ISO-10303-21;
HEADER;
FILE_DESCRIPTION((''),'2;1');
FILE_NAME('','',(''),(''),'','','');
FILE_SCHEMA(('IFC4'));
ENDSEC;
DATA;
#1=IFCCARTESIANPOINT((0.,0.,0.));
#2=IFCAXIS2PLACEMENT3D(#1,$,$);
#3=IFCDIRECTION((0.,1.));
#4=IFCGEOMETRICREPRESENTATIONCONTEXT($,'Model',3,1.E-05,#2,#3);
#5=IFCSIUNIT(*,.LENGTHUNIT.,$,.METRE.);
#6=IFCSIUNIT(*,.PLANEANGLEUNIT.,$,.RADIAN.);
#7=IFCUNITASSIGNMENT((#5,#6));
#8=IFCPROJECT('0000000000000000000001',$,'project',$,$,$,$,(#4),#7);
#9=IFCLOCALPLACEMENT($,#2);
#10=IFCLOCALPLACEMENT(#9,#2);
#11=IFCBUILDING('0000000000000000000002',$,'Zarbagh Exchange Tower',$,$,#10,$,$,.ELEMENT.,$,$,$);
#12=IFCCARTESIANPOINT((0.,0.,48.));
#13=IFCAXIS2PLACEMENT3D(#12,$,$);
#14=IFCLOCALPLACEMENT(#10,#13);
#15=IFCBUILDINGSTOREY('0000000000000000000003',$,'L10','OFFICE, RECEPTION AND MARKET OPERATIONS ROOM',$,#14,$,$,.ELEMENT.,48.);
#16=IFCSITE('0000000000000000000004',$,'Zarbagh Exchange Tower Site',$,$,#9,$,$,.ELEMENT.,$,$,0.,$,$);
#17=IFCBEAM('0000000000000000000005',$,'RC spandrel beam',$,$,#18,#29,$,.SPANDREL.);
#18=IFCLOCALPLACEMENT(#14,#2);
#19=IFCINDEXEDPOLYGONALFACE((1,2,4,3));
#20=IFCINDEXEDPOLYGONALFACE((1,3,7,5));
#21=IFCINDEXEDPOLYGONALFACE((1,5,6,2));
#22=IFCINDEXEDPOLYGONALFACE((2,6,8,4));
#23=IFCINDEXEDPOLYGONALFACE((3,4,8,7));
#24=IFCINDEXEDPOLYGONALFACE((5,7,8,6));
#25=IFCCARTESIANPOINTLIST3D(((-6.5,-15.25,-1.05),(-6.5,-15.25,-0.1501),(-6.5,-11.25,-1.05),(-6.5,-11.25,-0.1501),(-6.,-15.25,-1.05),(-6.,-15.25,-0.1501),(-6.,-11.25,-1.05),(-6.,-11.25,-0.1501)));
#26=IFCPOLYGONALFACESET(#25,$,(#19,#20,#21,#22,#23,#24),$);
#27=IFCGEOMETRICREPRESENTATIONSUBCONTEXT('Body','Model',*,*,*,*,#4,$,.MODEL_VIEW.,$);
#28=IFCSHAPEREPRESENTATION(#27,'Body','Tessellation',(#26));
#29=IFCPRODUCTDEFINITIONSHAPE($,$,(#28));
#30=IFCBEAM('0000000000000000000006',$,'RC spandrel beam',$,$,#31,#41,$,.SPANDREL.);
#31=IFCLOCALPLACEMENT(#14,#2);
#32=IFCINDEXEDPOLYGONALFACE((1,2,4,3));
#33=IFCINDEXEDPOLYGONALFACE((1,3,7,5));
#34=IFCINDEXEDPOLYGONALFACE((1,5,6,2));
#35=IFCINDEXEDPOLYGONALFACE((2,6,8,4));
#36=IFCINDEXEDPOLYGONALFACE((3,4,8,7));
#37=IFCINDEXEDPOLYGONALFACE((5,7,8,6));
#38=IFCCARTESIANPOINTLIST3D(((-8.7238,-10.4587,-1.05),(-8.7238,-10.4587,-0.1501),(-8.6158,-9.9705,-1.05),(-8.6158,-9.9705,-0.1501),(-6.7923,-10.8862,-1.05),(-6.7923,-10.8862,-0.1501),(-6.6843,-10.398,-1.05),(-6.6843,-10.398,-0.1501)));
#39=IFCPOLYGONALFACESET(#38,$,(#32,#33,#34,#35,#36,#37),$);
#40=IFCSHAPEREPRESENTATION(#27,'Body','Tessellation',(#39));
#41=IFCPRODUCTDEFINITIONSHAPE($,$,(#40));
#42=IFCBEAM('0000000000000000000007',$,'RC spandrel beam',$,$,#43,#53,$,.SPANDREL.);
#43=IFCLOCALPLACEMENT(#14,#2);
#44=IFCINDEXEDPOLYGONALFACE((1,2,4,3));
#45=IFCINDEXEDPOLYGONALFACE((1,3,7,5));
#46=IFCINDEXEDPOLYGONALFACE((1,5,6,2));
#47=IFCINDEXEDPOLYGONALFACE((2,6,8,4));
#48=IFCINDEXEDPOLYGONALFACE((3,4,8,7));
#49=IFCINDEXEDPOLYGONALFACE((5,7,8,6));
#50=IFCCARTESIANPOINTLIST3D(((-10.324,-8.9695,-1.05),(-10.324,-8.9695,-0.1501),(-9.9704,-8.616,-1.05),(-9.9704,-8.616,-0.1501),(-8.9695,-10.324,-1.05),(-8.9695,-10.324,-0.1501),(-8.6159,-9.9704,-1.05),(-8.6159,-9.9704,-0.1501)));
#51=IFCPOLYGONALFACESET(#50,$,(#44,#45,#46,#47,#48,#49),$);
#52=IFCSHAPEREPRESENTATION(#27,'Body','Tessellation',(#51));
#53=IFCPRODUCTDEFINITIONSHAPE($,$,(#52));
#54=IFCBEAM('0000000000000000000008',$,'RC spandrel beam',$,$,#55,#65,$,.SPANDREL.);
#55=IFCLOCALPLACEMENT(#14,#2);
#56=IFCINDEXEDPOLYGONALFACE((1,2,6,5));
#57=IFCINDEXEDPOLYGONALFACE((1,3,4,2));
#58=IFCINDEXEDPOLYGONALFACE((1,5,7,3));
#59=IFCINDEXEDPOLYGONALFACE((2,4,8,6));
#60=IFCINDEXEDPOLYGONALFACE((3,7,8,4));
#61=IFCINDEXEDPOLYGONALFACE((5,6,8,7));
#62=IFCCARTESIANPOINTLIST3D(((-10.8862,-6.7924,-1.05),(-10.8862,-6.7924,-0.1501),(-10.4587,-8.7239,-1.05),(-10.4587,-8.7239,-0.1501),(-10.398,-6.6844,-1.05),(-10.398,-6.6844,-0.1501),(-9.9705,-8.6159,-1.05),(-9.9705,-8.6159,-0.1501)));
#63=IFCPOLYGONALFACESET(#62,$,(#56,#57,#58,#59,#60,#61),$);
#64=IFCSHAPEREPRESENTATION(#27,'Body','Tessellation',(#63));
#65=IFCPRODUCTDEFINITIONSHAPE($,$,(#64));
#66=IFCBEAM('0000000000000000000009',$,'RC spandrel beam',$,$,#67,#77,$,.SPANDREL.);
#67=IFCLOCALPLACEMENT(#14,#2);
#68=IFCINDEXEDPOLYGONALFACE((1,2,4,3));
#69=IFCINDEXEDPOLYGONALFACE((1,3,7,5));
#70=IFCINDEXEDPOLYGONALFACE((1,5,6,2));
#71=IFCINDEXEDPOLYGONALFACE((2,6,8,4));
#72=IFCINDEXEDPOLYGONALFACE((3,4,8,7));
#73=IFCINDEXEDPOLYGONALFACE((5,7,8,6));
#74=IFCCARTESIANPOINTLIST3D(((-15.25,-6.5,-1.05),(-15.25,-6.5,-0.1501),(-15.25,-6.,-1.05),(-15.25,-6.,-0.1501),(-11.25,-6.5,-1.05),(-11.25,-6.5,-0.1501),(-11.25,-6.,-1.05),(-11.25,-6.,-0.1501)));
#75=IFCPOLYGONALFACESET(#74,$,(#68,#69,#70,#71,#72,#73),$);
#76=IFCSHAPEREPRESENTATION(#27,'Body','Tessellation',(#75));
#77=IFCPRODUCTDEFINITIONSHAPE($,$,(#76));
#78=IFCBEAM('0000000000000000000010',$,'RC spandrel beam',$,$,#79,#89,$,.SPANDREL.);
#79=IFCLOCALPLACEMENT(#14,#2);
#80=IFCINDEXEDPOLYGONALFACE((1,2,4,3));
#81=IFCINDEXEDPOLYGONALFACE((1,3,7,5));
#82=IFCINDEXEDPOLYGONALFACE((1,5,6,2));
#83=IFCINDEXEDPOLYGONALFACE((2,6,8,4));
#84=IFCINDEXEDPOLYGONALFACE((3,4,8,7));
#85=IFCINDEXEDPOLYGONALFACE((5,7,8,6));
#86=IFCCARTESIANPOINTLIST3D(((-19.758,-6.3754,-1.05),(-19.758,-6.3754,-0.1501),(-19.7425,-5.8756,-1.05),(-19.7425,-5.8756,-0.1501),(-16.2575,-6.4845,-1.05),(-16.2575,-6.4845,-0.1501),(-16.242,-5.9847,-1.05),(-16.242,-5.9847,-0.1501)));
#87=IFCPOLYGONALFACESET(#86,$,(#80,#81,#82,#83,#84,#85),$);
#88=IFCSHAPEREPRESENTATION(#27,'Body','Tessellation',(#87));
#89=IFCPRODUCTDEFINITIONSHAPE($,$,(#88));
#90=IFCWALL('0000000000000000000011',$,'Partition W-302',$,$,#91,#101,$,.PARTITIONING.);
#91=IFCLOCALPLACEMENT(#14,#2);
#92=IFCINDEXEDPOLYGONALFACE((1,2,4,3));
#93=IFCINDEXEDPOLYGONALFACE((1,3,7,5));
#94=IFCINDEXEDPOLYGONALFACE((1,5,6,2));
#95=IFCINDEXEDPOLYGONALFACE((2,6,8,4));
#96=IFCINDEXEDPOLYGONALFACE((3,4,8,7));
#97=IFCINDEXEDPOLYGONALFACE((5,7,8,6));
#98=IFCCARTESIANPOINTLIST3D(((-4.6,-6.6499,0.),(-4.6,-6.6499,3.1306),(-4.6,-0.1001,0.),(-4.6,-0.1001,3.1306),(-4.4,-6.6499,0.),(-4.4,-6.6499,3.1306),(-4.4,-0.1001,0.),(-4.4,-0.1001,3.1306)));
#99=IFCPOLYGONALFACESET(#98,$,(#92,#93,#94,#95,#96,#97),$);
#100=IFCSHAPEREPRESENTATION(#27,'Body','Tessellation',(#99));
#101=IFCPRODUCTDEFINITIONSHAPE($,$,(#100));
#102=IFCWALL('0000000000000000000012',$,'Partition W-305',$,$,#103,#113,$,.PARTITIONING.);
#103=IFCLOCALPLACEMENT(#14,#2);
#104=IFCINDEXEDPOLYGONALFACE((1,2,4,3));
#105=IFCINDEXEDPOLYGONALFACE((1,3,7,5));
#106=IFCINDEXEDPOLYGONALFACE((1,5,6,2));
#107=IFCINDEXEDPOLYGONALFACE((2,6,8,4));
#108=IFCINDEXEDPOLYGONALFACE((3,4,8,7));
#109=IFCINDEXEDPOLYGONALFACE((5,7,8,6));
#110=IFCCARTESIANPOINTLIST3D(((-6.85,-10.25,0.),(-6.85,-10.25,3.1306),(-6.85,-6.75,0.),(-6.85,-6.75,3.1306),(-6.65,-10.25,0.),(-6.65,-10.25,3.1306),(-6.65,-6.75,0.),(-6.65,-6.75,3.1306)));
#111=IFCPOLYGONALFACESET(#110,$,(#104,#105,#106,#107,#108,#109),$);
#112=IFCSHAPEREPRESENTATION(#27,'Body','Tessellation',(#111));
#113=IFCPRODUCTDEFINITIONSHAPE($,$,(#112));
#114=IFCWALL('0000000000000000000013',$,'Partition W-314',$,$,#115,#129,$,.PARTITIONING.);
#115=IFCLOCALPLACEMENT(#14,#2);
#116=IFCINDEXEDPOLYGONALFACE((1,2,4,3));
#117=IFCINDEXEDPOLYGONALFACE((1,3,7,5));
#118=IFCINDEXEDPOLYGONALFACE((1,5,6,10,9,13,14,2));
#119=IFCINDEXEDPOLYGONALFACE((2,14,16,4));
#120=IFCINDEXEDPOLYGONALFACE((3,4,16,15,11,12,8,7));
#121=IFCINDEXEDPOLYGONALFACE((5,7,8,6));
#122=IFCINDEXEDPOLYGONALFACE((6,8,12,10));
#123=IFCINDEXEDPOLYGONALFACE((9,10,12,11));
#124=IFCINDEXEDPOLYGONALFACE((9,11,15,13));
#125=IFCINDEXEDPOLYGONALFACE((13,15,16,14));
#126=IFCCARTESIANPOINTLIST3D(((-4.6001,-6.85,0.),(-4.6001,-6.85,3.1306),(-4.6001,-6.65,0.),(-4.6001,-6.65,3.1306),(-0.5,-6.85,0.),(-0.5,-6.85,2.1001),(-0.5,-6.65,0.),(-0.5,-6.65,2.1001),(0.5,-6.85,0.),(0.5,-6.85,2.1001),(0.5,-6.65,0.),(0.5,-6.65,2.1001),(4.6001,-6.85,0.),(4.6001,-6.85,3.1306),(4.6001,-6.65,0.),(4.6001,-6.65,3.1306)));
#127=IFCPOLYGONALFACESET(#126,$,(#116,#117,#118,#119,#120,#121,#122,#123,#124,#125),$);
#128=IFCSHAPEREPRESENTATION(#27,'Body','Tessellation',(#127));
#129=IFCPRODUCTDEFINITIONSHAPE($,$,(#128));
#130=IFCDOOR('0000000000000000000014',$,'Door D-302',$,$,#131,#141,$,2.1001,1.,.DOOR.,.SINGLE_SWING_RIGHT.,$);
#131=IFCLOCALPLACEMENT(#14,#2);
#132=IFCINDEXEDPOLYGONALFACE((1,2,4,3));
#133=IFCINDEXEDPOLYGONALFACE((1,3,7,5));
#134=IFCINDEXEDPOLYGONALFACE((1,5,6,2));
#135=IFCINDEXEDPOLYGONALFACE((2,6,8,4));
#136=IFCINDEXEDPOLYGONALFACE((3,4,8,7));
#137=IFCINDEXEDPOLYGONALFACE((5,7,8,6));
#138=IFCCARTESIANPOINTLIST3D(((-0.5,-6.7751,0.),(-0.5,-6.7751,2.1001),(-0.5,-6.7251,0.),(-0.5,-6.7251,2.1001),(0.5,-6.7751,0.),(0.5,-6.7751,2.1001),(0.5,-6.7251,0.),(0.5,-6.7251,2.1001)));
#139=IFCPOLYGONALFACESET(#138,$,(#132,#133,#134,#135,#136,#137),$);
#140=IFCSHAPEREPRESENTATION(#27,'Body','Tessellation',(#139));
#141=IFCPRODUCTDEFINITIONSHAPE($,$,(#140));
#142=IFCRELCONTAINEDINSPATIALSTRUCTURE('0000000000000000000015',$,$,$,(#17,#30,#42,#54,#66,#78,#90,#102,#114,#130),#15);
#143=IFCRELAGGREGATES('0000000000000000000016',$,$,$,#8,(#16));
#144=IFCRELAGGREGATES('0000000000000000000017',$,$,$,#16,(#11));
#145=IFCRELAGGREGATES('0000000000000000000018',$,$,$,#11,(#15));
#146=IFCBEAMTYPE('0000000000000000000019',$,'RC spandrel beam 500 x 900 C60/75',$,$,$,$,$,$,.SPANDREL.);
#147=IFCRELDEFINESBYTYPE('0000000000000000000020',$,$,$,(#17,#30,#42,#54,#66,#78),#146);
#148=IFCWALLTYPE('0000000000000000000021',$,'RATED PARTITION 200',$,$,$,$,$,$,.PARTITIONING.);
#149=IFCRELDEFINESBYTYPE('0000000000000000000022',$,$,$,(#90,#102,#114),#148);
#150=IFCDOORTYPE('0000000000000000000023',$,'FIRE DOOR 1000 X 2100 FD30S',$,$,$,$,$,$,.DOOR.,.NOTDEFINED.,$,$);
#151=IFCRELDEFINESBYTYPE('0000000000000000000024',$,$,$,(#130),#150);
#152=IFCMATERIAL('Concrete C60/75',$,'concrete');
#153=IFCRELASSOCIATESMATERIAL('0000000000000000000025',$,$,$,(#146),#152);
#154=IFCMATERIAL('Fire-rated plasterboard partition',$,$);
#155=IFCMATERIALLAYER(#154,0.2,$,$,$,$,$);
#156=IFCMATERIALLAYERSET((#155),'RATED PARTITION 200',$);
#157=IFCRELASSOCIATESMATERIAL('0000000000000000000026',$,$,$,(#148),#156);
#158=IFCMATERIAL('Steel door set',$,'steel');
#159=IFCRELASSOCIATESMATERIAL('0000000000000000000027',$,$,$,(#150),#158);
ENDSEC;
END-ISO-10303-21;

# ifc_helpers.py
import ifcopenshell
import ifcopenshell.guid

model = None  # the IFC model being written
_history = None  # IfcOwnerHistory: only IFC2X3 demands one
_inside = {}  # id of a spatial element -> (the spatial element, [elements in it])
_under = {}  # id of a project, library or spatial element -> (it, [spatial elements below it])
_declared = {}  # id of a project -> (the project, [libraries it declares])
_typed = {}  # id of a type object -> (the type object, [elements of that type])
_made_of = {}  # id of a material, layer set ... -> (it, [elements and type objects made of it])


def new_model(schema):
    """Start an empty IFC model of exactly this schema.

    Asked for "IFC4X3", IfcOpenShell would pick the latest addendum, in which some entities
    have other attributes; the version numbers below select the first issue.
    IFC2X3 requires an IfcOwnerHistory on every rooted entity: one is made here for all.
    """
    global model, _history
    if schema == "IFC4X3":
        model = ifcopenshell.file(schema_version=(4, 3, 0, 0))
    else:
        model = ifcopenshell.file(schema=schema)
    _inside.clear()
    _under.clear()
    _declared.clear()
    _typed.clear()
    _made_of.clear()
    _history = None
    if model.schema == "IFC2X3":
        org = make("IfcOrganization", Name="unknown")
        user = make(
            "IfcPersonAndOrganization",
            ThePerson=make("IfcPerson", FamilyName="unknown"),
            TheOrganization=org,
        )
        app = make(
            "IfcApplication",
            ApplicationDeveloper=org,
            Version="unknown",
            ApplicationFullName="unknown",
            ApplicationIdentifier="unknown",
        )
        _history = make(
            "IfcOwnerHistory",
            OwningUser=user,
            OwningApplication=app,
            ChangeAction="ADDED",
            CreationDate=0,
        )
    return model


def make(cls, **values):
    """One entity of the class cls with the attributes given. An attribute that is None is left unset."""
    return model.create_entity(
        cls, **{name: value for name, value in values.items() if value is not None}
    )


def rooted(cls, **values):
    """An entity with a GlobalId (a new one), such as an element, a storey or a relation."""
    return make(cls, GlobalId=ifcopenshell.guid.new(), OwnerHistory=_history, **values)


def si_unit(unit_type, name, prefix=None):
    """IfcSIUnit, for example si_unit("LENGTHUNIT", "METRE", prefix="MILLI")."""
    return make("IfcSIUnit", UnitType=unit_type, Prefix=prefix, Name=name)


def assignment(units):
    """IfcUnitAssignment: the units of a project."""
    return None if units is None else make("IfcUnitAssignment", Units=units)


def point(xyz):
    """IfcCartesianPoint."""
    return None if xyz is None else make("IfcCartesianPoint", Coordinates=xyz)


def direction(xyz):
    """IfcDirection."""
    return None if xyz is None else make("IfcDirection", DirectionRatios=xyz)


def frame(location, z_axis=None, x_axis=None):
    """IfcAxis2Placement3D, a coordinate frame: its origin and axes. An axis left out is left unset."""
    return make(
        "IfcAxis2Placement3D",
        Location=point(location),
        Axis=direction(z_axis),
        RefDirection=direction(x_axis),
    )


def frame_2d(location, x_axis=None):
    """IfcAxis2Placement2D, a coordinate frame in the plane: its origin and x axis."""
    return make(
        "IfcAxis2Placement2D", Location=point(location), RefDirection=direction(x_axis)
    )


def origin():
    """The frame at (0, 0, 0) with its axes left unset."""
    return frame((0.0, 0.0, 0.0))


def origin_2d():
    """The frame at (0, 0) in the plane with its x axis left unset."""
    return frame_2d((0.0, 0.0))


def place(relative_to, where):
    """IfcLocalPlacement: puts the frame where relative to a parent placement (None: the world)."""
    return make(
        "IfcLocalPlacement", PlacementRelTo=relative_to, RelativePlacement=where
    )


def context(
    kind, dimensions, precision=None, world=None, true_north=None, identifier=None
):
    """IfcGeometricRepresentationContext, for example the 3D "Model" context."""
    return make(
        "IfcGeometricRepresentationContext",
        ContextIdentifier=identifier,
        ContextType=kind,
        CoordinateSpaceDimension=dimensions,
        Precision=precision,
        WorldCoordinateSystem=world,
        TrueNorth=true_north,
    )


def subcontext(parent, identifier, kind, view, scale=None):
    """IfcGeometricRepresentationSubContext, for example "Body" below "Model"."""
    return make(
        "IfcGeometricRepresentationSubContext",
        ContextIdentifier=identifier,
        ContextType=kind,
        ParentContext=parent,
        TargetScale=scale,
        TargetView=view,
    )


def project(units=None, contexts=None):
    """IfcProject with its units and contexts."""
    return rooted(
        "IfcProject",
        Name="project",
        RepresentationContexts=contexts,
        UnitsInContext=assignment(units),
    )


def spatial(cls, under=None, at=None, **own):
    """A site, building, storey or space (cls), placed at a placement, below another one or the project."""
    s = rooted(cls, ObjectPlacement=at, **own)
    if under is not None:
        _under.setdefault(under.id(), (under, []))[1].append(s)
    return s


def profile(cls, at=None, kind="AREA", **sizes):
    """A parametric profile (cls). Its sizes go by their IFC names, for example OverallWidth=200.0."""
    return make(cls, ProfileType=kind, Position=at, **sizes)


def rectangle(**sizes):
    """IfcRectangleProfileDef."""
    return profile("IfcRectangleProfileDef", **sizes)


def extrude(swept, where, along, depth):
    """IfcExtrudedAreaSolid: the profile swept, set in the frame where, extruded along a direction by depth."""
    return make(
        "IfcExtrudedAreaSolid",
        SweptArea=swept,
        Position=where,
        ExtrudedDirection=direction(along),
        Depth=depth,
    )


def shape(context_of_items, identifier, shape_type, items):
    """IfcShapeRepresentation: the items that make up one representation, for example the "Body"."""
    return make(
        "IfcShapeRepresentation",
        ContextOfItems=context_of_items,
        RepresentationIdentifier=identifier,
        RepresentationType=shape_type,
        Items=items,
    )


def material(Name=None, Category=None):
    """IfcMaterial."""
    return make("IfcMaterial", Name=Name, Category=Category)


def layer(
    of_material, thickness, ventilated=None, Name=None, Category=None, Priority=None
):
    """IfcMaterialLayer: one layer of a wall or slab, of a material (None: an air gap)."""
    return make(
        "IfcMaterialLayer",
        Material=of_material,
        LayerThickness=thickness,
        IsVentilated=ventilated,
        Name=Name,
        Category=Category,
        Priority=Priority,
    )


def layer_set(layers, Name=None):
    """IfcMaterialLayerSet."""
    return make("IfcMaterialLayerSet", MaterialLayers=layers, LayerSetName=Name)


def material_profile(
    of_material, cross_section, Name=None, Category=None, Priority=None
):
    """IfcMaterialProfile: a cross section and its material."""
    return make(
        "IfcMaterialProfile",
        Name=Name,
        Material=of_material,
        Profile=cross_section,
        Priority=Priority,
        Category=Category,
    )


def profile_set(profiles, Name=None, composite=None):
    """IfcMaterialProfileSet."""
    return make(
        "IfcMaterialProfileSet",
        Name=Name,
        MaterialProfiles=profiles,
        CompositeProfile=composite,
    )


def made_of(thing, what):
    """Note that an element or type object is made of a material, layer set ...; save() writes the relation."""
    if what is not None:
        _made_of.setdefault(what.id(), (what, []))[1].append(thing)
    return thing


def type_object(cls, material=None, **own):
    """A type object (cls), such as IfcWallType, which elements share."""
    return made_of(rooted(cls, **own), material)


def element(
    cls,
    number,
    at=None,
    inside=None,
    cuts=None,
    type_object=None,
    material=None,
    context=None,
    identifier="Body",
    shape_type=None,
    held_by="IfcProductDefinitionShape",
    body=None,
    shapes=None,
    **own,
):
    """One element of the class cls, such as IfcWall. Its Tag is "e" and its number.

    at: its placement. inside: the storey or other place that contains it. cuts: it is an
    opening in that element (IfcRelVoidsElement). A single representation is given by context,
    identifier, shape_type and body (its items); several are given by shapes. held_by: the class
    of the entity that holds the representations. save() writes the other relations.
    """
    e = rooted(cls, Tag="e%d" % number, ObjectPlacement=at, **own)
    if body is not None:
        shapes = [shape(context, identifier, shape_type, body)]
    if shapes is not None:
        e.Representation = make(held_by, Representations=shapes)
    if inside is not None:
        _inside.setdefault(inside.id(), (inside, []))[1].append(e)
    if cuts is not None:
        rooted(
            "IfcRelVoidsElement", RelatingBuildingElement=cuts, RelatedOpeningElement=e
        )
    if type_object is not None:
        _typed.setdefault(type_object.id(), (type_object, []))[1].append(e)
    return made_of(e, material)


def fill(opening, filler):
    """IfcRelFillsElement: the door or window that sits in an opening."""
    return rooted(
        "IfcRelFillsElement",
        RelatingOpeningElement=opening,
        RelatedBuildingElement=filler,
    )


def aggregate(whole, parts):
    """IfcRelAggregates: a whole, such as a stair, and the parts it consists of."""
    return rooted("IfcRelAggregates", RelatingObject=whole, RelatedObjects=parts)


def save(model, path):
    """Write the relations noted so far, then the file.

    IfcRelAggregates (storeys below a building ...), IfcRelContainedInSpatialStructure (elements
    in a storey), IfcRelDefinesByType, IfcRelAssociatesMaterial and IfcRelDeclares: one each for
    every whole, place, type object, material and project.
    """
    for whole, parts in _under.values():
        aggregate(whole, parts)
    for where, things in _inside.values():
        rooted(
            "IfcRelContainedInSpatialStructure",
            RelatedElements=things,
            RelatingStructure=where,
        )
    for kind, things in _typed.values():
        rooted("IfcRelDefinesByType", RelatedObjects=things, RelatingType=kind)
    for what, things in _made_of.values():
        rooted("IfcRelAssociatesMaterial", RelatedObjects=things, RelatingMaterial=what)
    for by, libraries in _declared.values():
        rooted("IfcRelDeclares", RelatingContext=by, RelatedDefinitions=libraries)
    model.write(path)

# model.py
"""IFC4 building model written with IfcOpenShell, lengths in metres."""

from ifc_helpers import new_model, si_unit, direction, frame, frame_2d, origin, origin_2d, place, context, subcontext, project, spatial, rectangle, extrude, material, layer, layer_set, material_profile, profile_set, type_object, element, fill, save


model = new_model("IFC4")

# Units and contexts
model_context = context("Model", 3, precision=1e-05, world=origin(), true_north=direction((0.0, 1.0)))
body_context = subcontext(model_context, "Body", "Model", "MODEL_VIEW")
ifc_project = project(units=[si_unit("LENGTHUNIT", "METRE"), si_unit("PLANEANGLEUNIT", "RADIAN")], contexts=[model_context])

# Site, building, storey
site_placement = place(None, origin())
site = spatial("IfcSite", under=ifc_project, at=site_placement, Name="Zarbagh Exchange Tower Site", CompositionType="ELEMENT", RefElevation=0.0)
building_placement = place(site_placement, origin())
building = spatial("IfcBuilding", under=site, at=building_placement, Name="Zarbagh Exchange Tower", CompositionType="ELEMENT")
storey_placement = place(building_placement, frame((0.0, 0.0, 48.0)))
storey = spatial("IfcBuildingStorey", under=building, at=storey_placement, Name="L10", Description="OFFICE, RECEPTION AND MARKET OPERATIONS ROOM", CompositionType="ELEMENT", Elevation=48.0)

# Shared definitions
ifc_material_1 = material(Name="Concrete C60/75", Category="concrete")

# Beams
ifc_material_profile_1 = material_profile(ifc_material_1, rectangle(XDim=0.5, YDim=0.8999, at=origin_2d()), Name="RC spandrel beam 500 x 900 C60/75")
ifc_profile_set_1 = profile_set([ifc_material_profile_1], Name="Concrete C60/75")
beam_type_1 = type_object("IfcBeamType", Name="RC spandrel beam 500 x 900 C60/75", PredefinedType="SPANDREL", material=ifc_profile_set_1)
beam_1_placement = place(storey_placement, frame((-6.25, -15.25, -0.6001), z_axis=(0.0, 1.0, 0.0), x_axis=(-1.0, 0.0, 0.0)))
element("IfcBeam", 1, at=beam_1_placement, inside=storey, type_object=beam_type_1, Name="RC spandrel beam", PredefinedType="SPANDREL", context=body_context, shape_type="SweptSolid", body=[
    extrude(rectangle(XDim=0.5, YDim=0.8999, at=origin_2d()), origin(), (0.0, 0.0, 1.0), 4.0),
])
beam_2_placement = place(storey_placement, frame((-6.7383, -10.6421, -0.6001), z_axis=(-0.976375, 0.216081, 0.0), x_axis=(-0.216081, -0.976375, 0.0)))
element("IfcBeam", 2, at=beam_2_placement, inside=storey, type_object=beam_type_1, Name="RC spandrel beam", PredefinedType="SPANDREL", context=body_context, shape_type="SweptSolid", body=[
    extrude(rectangle(XDim=0.5, YDim=0.8999, at=origin_2d()), origin(), (0.0, 0.0, 1.0), 1.9783),
])
beam_3_placement = place(storey_placement, frame((-8.7927, -10.1472, -0.6001), z_axis=(-0.707107, 0.707107, 0.0), x_axis=(-0.707107, -0.707107, 0.0)))
element("IfcBeam", 3, at=beam_3_placement, inside=storey, type_object=beam_type_1, Name="RC spandrel beam", PredefinedType="SPANDREL", context=body_context, shape_type="SweptSolid", body=[
    extrude(rectangle(XDim=0.5, YDim=0.8999, at=origin_2d()), origin(), (0.0, 0.0, 1.0), 1.9155),
])
beam_4_placement = place(storey_placement, frame((-10.2146, -8.6699, -0.6001), z_axis=(-0.216081, 0.976375, 0.0), x_axis=(-0.976375, -0.216081, 0.0)))
element("IfcBeam", 4, at=beam_4_placement, inside=storey, type_object=beam_type_1, Name="RC spandrel beam", PredefinedType="SPANDREL", context=body_context, shape_type="SweptSolid", body=[
    extrude(rectangle(XDim=0.5, YDim=0.8999, at=origin_2d()), origin(), (0.0, 0.0, 1.0), 1.9783),
])
beam_5_placement = place(storey_placement, frame((-11.25, -6.25, -0.6001), z_axis=(-1.0, 0.0, 0.0), x_axis=(0.0, -1.0, 0.0)))
element("IfcBeam", 5, at=beam_5_placement, inside=storey, type_object=beam_type_1, Name="RC spandrel beam", PredefinedType="SPANDREL", context=body_context, shape_type="SweptSolid", body=[
    extrude(rectangle(XDim=0.5, YDim=0.8999, at=origin_2d()), origin(), (0.0, 0.0, 1.0), 4.0),
])
beam_6_placement = place(storey_placement, frame((-16.2498, -6.2346, -0.6001), z_axis=(-0.999514, 0.031161, 0.0), x_axis=(-0.031161, -0.999514, 0.0)))
element("IfcBeam", 6, at=beam_6_placement, inside=storey, type_object=beam_type_1, Name="RC spandrel beam", PredefinedType="SPANDREL", context=body_context, shape_type="SweptSolid", body=[
    extrude(rectangle(XDim=0.5, YDim=0.8999, at=origin_2d()), origin(), (0.0, 0.0, 1.0), 3.5022),
])

# Walls
ifc_material_2 = material(Name="Fire-rated plasterboard partition")
ifc_layer = layer(ifc_material_2, 0.2)
ifc_layer_set = layer_set([ifc_layer], Name="RATED PARTITION 200")
wall_type = type_object("IfcWallType", Name="RATED PARTITION 200", PredefinedType="PARTITIONING", material=ifc_layer_set)
wall_1_placement = place(storey_placement, frame((-4.5, -6.6499, 0.0), z_axis=(0.0, 0.0, 1.0), x_axis=(0.0, 1.0, 0.0)))
element("IfcWall", 7, at=wall_1_placement, inside=storey, type_object=wall_type, Name="Partition W-302", PredefinedType="PARTITIONING", context=body_context, shape_type="SweptSolid", body=[
    extrude(rectangle(XDim=6.5498, YDim=0.2, at=frame_2d((3.2749, 0.0))), origin(), (0.0, 0.0, 1.0), 3.1306),
])
wall_2_placement = place(storey_placement, frame((-6.75, -10.25, 0.0), z_axis=(0.0, 0.0, 1.0), x_axis=(0.0, 1.0, 0.0)))
element("IfcWall", 8, at=wall_2_placement, inside=storey, type_object=wall_type, Name="Partition W-305", PredefinedType="PARTITIONING", context=body_context, shape_type="SweptSolid", body=[
    extrude(rectangle(XDim=3.5, YDim=0.2, at=frame_2d((1.75, 0.0))), origin(), (0.0, 0.0, 1.0), 3.1306),
])

# Wall, opening, door
wall_3_placement = place(storey_placement, frame((-4.6001, -6.75, 0.0), z_axis=(0.0, 0.0, 1.0), x_axis=(1.0, 0.0, 0.0)))
wall_3 = element("IfcWall", 9, at=wall_3_placement, inside=storey, type_object=wall_type, Name="Partition W-314", PredefinedType="PARTITIONING", context=body_context, shape_type="SweptSolid", body=[
    extrude(rectangle(XDim=9.2002, YDim=0.2, at=frame_2d((4.6001, 0.0))), origin(), (0.0, 0.0, 1.0), 3.1306),
])
opening_placement = place(wall_3_placement, frame((4.1001, 0.0, 0.0)))
opening = element("IfcOpeningElement", 10, at=opening_placement, cuts=wall_3, PredefinedType="OPENING", context=body_context, shape_type="SweptSolid", body=[
    extrude(rectangle(XDim=1.0, YDim=2.1001, at=frame_2d((0.5, 1.05))), frame((0.0, 0.1099, 0.0), z_axis=(0.0, -1.0, 0.0), x_axis=(1.0, 0.0, 0.0)), (0.0, 0.0, 1.0), 0.22),
])
ifc_material_3 = material(Name="Steel door set", Category="steel")
door_type = type_object("IfcDoorType", Name="FIRE DOOR 1000 X 2100 FD30S", OperationType="NOTDEFINED", PredefinedType="DOOR", material=ifc_material_3)
door_placement = place(opening_placement, origin())
door = element("IfcDoor", 11, at=door_placement, inside=storey, type_object=door_type, Name="Door D-302", OperationType="SINGLE_SWING_RIGHT", OverallHeight=2.1001, OverallWidth=1.0, PredefinedType="DOOR", context=body_context, shape_type="SweptSolid", body=[
    extrude(rectangle(XDim=1.0, YDim=2.1001, at=frame_2d((0.5, 1.05))), frame((0.0, 0.0249, 0.0), z_axis=(0.0, -1.0, 0.0), x_axis=(1.0, 0.0, 0.0)), (0.0, 0.0, 1.0), 0.05),
])
fill(opening, door)

save(model, "model.ifc")
